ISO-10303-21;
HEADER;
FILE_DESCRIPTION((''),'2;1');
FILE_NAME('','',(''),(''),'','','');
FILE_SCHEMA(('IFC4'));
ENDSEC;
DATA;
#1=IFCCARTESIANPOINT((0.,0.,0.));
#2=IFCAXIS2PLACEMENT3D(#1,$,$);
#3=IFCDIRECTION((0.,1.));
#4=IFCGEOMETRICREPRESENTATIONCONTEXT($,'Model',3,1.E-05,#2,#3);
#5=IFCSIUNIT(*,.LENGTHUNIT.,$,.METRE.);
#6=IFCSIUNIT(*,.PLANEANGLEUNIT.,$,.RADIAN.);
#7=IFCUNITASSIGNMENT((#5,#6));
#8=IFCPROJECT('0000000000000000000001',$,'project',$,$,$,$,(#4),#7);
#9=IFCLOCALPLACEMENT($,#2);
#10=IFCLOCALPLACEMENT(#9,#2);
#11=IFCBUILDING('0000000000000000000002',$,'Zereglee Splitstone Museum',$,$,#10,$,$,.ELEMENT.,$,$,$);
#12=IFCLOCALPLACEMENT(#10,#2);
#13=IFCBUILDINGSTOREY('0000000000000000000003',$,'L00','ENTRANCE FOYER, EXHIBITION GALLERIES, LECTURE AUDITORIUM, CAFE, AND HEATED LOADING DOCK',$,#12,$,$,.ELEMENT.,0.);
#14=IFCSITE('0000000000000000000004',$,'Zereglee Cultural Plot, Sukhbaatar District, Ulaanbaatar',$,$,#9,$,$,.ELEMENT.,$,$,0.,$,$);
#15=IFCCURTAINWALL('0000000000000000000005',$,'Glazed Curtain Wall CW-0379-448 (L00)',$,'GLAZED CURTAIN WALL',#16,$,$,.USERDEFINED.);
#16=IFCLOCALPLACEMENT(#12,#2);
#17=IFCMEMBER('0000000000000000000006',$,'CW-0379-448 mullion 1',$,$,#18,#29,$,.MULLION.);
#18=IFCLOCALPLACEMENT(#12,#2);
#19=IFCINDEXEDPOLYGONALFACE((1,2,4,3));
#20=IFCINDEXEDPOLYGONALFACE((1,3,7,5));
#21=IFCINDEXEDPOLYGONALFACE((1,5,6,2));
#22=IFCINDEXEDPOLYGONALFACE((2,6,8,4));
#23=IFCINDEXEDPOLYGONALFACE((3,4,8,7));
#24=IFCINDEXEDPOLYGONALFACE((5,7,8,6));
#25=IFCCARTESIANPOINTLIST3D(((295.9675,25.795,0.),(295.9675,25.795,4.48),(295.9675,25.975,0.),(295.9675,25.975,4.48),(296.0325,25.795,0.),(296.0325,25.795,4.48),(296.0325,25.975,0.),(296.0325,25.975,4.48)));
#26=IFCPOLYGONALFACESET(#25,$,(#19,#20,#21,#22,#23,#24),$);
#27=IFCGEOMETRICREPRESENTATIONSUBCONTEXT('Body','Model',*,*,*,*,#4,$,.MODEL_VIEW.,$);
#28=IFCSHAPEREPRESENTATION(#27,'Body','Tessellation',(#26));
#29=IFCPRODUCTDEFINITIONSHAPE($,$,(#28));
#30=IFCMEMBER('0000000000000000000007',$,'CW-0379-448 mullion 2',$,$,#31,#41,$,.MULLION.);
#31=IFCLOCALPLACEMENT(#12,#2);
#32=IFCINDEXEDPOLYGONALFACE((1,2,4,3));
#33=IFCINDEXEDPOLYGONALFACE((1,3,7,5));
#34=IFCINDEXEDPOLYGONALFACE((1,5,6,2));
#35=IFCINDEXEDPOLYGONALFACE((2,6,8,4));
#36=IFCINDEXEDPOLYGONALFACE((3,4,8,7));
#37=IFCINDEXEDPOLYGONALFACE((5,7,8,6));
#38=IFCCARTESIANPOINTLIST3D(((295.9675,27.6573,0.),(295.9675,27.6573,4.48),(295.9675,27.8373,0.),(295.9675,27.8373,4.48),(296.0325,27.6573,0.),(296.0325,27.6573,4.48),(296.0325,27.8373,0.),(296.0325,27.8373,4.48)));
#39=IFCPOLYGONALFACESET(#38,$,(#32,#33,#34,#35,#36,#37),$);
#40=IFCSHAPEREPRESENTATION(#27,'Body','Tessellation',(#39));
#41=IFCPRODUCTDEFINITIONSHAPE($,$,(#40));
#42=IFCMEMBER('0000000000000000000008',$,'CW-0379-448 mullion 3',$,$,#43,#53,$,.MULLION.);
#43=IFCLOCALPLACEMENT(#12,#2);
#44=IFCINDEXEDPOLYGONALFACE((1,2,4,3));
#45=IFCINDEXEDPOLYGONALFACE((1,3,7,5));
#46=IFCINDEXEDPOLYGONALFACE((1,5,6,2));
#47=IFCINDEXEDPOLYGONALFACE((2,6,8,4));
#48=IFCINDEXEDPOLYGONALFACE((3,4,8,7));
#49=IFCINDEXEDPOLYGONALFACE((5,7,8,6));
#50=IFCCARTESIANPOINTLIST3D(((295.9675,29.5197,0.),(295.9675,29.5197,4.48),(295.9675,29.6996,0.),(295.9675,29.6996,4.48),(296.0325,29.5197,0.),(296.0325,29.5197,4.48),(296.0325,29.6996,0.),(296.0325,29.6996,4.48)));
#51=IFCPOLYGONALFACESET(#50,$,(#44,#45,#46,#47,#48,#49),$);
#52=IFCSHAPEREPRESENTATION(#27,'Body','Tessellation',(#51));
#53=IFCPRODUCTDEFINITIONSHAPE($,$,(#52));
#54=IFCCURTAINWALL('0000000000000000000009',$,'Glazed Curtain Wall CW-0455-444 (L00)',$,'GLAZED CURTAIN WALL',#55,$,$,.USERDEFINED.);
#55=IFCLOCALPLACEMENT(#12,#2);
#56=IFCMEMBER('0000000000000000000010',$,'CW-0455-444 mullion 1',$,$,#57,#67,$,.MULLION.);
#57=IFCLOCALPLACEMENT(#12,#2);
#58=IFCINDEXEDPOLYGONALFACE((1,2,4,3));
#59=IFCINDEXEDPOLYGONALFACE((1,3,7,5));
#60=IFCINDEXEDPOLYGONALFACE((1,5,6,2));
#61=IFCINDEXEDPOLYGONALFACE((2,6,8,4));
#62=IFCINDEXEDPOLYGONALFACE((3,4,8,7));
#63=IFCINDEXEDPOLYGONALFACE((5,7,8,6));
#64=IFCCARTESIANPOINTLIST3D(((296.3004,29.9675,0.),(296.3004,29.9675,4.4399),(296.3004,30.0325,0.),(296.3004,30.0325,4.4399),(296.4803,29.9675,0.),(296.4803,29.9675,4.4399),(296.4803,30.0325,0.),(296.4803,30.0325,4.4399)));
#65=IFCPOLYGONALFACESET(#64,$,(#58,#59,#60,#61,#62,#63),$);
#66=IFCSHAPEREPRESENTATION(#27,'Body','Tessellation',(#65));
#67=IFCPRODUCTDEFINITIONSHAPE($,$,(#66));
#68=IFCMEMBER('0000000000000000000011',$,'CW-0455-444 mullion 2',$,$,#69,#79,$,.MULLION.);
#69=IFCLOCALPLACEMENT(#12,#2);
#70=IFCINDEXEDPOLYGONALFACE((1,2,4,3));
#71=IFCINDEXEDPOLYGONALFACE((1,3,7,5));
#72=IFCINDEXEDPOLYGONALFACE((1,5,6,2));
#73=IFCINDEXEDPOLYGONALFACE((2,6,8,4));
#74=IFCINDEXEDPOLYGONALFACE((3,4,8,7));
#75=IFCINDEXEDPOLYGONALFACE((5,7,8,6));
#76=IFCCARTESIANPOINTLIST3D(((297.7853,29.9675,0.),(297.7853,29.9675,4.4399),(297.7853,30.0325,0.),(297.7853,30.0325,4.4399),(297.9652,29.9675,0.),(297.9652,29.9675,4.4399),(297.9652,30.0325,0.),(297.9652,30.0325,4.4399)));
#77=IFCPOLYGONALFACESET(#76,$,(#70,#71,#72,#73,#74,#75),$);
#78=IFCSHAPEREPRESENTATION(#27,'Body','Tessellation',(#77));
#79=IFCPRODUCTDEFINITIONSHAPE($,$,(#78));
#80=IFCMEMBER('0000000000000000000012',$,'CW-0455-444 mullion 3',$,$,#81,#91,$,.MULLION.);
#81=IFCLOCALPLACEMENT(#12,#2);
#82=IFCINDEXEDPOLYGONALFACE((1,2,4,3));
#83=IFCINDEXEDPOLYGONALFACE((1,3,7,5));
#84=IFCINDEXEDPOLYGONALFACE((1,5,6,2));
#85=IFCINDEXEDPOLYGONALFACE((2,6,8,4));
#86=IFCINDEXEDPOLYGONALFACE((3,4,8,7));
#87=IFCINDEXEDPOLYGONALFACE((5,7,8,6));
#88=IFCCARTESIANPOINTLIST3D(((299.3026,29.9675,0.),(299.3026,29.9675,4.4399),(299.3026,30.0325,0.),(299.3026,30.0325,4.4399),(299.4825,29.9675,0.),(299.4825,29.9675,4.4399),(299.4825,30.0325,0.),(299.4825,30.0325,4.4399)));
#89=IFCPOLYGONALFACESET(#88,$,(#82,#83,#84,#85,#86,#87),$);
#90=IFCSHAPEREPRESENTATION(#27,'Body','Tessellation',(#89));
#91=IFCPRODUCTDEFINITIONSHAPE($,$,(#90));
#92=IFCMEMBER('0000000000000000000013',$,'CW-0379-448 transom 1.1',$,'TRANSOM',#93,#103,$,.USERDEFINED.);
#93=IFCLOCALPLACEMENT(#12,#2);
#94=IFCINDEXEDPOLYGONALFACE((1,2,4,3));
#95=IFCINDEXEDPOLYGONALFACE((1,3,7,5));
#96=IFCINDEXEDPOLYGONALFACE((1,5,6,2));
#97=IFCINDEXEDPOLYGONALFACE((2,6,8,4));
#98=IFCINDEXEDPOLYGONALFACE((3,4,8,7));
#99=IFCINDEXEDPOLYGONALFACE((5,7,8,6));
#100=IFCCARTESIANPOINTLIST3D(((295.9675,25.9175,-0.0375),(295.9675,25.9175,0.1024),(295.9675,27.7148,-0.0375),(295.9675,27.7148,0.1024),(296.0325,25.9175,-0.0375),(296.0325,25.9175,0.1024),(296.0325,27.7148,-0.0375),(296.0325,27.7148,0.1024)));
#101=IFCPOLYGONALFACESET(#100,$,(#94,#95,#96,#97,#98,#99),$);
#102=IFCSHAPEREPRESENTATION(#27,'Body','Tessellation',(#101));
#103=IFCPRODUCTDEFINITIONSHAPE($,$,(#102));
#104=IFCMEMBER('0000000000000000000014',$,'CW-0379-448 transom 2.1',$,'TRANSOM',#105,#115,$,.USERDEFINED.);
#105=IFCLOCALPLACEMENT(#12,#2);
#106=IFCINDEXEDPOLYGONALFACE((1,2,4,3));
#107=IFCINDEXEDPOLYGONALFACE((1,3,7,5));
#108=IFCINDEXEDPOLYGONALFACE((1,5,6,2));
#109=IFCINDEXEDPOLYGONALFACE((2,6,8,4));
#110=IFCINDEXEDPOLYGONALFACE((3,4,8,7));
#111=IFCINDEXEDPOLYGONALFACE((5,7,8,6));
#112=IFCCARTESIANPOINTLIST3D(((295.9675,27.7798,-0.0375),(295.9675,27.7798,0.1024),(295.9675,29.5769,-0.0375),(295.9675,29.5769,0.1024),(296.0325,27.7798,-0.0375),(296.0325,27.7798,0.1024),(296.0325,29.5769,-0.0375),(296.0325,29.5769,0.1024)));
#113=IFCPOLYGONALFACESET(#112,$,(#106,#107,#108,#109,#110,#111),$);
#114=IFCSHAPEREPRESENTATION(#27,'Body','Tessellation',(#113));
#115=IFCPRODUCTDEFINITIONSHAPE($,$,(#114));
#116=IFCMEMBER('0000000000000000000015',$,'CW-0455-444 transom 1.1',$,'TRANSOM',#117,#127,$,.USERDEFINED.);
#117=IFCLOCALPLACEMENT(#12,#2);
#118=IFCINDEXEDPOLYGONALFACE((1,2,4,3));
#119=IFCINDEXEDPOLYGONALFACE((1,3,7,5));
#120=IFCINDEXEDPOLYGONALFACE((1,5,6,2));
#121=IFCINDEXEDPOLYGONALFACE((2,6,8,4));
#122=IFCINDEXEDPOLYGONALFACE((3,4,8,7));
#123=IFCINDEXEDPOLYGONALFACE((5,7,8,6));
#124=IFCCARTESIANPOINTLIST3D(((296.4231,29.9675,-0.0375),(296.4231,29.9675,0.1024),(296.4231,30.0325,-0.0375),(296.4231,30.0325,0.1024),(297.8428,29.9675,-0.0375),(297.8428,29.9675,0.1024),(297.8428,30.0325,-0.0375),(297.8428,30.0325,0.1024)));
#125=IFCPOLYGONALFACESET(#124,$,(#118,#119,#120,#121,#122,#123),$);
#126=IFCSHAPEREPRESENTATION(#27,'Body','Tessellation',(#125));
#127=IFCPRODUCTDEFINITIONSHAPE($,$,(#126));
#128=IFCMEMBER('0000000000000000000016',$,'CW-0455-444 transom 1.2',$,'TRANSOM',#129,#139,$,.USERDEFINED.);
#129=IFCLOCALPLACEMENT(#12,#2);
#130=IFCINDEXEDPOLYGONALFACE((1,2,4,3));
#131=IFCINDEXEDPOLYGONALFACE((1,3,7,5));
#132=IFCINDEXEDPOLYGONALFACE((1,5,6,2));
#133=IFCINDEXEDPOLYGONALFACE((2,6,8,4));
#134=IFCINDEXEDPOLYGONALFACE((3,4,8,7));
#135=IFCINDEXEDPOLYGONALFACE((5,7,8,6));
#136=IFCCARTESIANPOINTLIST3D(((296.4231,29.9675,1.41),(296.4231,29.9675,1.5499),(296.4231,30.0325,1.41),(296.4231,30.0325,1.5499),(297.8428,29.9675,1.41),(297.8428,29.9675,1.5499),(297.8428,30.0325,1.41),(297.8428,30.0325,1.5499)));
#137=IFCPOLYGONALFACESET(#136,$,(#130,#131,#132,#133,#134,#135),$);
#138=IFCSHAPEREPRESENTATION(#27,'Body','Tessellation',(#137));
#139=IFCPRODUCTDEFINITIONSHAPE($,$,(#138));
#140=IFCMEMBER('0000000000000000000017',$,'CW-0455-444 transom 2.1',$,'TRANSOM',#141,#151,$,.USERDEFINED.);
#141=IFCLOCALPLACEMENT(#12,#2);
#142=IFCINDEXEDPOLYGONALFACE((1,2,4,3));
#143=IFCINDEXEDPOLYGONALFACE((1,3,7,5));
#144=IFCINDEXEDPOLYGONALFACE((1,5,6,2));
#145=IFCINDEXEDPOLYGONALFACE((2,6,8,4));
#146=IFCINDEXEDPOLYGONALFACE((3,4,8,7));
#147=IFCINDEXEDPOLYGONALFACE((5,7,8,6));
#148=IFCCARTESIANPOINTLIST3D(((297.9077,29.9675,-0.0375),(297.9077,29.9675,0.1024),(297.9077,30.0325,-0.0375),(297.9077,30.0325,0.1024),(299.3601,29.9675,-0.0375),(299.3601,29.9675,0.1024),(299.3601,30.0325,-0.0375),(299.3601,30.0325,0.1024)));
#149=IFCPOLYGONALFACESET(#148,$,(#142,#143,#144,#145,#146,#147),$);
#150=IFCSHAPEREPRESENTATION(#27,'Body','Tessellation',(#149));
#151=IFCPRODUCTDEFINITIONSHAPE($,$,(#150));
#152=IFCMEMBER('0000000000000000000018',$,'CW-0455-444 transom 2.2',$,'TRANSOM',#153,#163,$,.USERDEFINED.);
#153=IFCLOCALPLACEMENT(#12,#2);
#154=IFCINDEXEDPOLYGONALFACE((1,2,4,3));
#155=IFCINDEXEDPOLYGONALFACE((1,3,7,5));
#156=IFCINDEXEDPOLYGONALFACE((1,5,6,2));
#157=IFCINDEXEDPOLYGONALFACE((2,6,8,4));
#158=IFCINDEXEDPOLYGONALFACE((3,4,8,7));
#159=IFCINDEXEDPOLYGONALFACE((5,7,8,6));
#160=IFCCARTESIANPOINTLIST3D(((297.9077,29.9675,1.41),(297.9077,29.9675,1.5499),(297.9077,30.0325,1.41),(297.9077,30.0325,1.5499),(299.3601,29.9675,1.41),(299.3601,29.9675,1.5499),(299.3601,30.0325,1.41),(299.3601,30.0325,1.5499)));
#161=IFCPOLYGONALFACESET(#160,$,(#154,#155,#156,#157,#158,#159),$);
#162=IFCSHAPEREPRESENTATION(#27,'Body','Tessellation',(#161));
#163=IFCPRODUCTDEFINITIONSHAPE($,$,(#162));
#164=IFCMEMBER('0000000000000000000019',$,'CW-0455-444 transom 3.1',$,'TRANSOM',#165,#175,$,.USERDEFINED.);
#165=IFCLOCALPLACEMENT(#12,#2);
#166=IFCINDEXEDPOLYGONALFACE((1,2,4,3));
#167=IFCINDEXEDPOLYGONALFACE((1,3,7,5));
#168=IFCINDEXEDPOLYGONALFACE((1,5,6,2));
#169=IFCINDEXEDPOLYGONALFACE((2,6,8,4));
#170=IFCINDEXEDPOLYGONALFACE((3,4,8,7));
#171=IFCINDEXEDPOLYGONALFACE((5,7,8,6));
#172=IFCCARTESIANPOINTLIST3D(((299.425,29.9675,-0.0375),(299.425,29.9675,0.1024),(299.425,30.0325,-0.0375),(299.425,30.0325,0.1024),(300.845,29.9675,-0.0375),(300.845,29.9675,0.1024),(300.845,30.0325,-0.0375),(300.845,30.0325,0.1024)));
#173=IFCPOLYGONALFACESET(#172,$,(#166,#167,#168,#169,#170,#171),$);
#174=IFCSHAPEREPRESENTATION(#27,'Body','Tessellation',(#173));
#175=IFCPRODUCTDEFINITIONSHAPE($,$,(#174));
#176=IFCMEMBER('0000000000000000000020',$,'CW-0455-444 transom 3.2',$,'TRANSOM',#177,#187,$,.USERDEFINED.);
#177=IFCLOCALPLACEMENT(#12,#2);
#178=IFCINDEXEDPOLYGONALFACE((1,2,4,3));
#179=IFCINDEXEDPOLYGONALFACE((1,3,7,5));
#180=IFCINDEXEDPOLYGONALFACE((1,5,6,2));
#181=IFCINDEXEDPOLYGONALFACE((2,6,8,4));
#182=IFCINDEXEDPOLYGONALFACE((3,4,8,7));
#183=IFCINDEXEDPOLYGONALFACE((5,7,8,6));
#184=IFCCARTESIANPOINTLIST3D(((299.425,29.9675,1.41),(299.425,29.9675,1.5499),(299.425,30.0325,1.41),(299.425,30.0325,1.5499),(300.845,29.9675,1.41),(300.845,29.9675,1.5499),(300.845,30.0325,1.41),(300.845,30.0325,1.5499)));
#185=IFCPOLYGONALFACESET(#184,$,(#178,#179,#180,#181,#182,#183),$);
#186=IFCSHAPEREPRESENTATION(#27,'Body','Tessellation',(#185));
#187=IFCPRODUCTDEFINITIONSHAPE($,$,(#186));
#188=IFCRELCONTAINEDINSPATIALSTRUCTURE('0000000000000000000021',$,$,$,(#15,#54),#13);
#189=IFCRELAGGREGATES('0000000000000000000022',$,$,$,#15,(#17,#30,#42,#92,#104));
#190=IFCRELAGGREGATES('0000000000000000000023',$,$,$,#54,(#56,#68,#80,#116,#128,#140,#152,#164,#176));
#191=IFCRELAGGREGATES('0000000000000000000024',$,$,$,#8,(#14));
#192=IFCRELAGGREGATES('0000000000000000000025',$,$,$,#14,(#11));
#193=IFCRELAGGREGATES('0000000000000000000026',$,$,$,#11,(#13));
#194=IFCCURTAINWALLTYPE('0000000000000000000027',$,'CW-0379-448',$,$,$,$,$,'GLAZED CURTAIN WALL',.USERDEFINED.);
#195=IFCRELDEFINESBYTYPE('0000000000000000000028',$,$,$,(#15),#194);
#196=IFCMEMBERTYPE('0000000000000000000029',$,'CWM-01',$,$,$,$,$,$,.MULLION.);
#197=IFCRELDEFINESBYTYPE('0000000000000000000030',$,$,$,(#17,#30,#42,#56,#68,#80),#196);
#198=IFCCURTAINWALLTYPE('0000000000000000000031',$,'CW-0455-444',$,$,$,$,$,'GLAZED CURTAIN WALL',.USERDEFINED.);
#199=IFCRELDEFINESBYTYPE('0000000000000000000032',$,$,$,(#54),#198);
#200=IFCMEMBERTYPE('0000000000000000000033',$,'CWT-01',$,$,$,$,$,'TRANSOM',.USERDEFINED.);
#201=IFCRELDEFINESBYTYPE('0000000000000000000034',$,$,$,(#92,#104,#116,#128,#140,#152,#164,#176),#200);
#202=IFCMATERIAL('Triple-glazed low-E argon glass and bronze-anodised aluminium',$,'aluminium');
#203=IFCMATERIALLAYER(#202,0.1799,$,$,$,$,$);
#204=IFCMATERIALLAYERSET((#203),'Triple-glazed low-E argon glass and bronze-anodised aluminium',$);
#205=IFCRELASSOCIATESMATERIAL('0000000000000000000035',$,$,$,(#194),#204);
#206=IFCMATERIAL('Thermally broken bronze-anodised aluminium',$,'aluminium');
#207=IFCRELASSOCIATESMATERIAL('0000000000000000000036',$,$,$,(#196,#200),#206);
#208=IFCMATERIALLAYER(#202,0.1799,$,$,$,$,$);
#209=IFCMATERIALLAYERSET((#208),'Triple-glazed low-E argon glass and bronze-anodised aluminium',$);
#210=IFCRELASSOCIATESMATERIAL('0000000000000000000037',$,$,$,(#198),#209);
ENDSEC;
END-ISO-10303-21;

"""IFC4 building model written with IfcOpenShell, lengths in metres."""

from ifc_helpers import new_model, si_unit, direction, frame, origin, origin_2d, place, context, subcontext, project, spatial, rectangle, extrude, material, layer, layer_set, material_profile, profile_set, type_object, element, aggregate, save


model = new_model("IFC4")

# Units and contexts
model_context = context("Model", 3, precision=1e-05, world=origin(), true_north=direction((0.0, 1.0)))
body_context = subcontext(model_context, "Body", "Model", "MODEL_VIEW")
ifc_project = project(units=[si_unit("LENGTHUNIT", "METRE"), si_unit("PLANEANGLEUNIT", "RADIAN")], contexts=[model_context])

# Site, building, storey
site_placement = place(None, origin())
site = spatial("IfcSite", under=ifc_project, at=site_placement, Name="Zereglee Cultural Plot, Sukhbaatar District, Ulaanbaatar", CompositionType="ELEMENT", RefElevation=0.0)
building_placement = place(site_placement, origin())
building = spatial("IfcBuilding", under=site, at=building_placement, Name="Zereglee Splitstone Museum", CompositionType="ELEMENT")
storey_placement = place(building_placement, origin())
storey = spatial("IfcBuildingStorey", under=building, at=storey_placement, Name="L00", Description="ENTRANCE FOYER, EXHIBITION GALLERIES, LECTURE AUDITORIUM, CAFE, AND HEATED LOADING DOCK", CompositionType="ELEMENT", Elevation=0.0)

# Curtain walls, members
ifc_material_1 = material(Name="Triple-glazed low-E argon glass and bronze-anodised aluminium", Category="aluminium")
ifc_layer_1 = layer(ifc_material_1, 0.1799)
ifc_layer_set_1 = layer_set([ifc_layer_1], Name="Triple-glazed low-E argon glass and bronze-anodised aluminium")
curtain_wall_type_1 = type_object("IfcCurtainWallType", Name="CW-0379-448", ElementType="GLAZED CURTAIN WALL", PredefinedType="USERDEFINED", material=ifc_layer_set_1)
curtain_wall_1_placement = place(storey_placement, origin())
curtain_wall_1 = element("IfcCurtainWall", 1, at=curtain_wall_1_placement, inside=storey, type_object=curtain_wall_type_1, Name="Glazed Curtain Wall CW-0379-448 (L00)", ObjectType="GLAZED CURTAIN WALL", PredefinedType="USERDEFINED")
ifc_material_2 = material(Name="Thermally broken bronze-anodised aluminium", Category="aluminium")
ifc_material_profile_1 = material_profile(ifc_material_2, rectangle(XDim=0.0649, YDim=0.1799, at=origin_2d()), Name="CW MULL 65x180")
ifc_profile_set_1 = profile_set([ifc_material_profile_1], Name="Thermally broken bronze-anodised aluminium")
member_type_1 = type_object("IfcMemberType", Name="CWM-01", PredefinedType="MULLION", material=ifc_profile_set_1)
member_1_placement = place(storey_placement, frame((296.0, 25.885, 0.0), z_axis=(0.0, 0.0, 1.0), x_axis=(-1.0, 0.0, 0.0)))
member_1 = element("IfcMember", 2, at=member_1_placement, type_object=member_type_1, Name="CW-0379-448 mullion 1", PredefinedType="MULLION", context=body_context, shape_type="SweptSolid", body=[
    extrude(rectangle(XDim=0.0649, YDim=0.1799, at=origin_2d()), origin(), (0.0, 0.0, 1.0), 4.48),
])
member_2_placement = place(storey_placement, frame((296.0, 27.7473, 0.0), z_axis=(0.0, 0.0, 1.0), x_axis=(-1.0, 0.0, 0.0)))
member_2 = element("IfcMember", 3, at=member_2_placement, type_object=member_type_1, Name="CW-0379-448 mullion 2", PredefinedType="MULLION", context=body_context, shape_type="SweptSolid", body=[
    extrude(rectangle(XDim=0.0649, YDim=0.1799, at=origin_2d()), origin(), (0.0, 0.0, 1.0), 4.48),
])
member_3_placement = place(storey_placement, frame((296.0, 29.6096, 0.0), z_axis=(0.0, 0.0, 1.0), x_axis=(-1.0, 0.0, 0.0)))
member_3 = element("IfcMember", 4, at=member_3_placement, type_object=member_type_1, Name="CW-0379-448 mullion 3", PredefinedType="MULLION", context=body_context, shape_type="SweptSolid", body=[
    extrude(rectangle(XDim=0.0649, YDim=0.1799, at=origin_2d()), origin(), (0.0, 0.0, 1.0), 4.48),
])
ifc_layer_2 = layer(ifc_material_1, 0.1799)
ifc_layer_set_2 = layer_set([ifc_layer_2], Name="Triple-glazed low-E argon glass and bronze-anodised aluminium")
curtain_wall_type_2 = type_object("IfcCurtainWallType", Name="CW-0455-444", ElementType="GLAZED CURTAIN WALL", PredefinedType="USERDEFINED", material=ifc_layer_set_2)
curtain_wall_2_placement = place(storey_placement, origin())
curtain_wall_2 = element("IfcCurtainWall", 5, at=curtain_wall_2_placement, inside=storey, type_object=curtain_wall_type_2, Name="Glazed Curtain Wall CW-0455-444 (L00)", ObjectType="GLAZED CURTAIN WALL", PredefinedType="USERDEFINED")
member_4_placement = place(storey_placement, frame((296.3904, 30.0, 0.0), z_axis=(0.0, 0.0, 1.0), x_axis=(0.0, 1.0, 0.0)))
member_4 = element("IfcMember", 6, at=member_4_placement, type_object=member_type_1, Name="CW-0455-444 mullion 1", PredefinedType="MULLION", context=body_context, shape_type="SweptSolid", body=[
    extrude(rectangle(XDim=0.0649, YDim=0.1799, at=origin_2d()), origin(), (0.0, 0.0, 1.0), 4.4399),
])
member_5_placement = place(storey_placement, frame((297.8752, 30.0, 0.0), z_axis=(0.0, 0.0, 1.0), x_axis=(0.0, 1.0, 0.0)))
member_5 = element("IfcMember", 7, at=member_5_placement, type_object=member_type_1, Name="CW-0455-444 mullion 2", PredefinedType="MULLION", context=body_context, shape_type="SweptSolid", body=[
    extrude(rectangle(XDim=0.0649, YDim=0.1799, at=origin_2d()), origin(), (0.0, 0.0, 1.0), 4.4399),
])
member_6_placement = place(storey_placement, frame((299.3926, 30.0, 0.0), z_axis=(0.0, 0.0, 1.0), x_axis=(0.0, 1.0, 0.0)))
member_6 = element("IfcMember", 8, at=member_6_placement, type_object=member_type_1, Name="CW-0455-444 mullion 3", PredefinedType="MULLION", context=body_context, shape_type="SweptSolid", body=[
    extrude(rectangle(XDim=0.0649, YDim=0.1799, at=origin_2d()), origin(), (0.0, 0.0, 1.0), 4.4399),
])

# Members
ifc_material_profile_2 = material_profile(ifc_material_2, rectangle(XDim=0.0649, YDim=0.1399, at=origin_2d()), Name="CW TRAN 65x140")
ifc_profile_set_2 = profile_set([ifc_material_profile_2], Name="Thermally broken bronze-anodised aluminium")
member_type_2 = type_object("IfcMemberType", Name="CWT-01", ElementType="TRANSOM", PredefinedType="USERDEFINED", material=ifc_profile_set_2)
member_7_placement = place(storey_placement, frame((296.0, 25.9175, 0.0325), z_axis=(0.0, 1.0, 0.0), x_axis=(-1.0, 0.0, 0.0)))
member_7 = element("IfcMember", 9, at=member_7_placement, type_object=member_type_2, Name="CW-0379-448 transom 1.1", ObjectType="TRANSOM", PredefinedType="USERDEFINED", context=body_context, shape_type="SweptSolid", body=[
    extrude(rectangle(XDim=0.0649, YDim=0.1399, at=origin_2d()), origin(), (0.0, 0.0, 1.0), 1.7974),
])
member_8_placement = place(storey_placement, frame((296.0, 27.7798, 0.0325), z_axis=(0.0, 1.0, 0.0), x_axis=(-1.0, 0.0, 0.0)))
member_8 = element("IfcMember", 10, at=member_8_placement, type_object=member_type_2, Name="CW-0379-448 transom 2.1", ObjectType="TRANSOM", PredefinedType="USERDEFINED", context=body_context, shape_type="SweptSolid", body=[
    extrude(rectangle(XDim=0.0649, YDim=0.1399, at=origin_2d()), origin(), (0.0, 0.0, 1.0), 1.7971),
])
member_9_placement = place(storey_placement, frame((296.4231, 30.0, 0.0325), z_axis=(1.0, 0.0, 0.0), x_axis=(0.0, 1.0, 0.0)))
member_9 = element("IfcMember", 11, at=member_9_placement, type_object=member_type_2, Name="CW-0455-444 transom 1.1", ObjectType="TRANSOM", PredefinedType="USERDEFINED", context=body_context, shape_type="SweptSolid", body=[
    extrude(rectangle(XDim=0.0649, YDim=0.1399, at=origin_2d()), origin(), (0.0, 0.0, 1.0), 1.4197),
])
member_10_placement = place(storey_placement, frame((296.4231, 30.0, 1.48), z_axis=(1.0, 0.0, 0.0), x_axis=(0.0, 1.0, 0.0)))
member_10 = element("IfcMember", 12, at=member_10_placement, type_object=member_type_2, Name="CW-0455-444 transom 1.2", ObjectType="TRANSOM", PredefinedType="USERDEFINED", context=body_context, shape_type="SweptSolid", body=[
    extrude(rectangle(XDim=0.0649, YDim=0.1399, at=origin_2d()), origin(), (0.0, 0.0, 1.0), 1.4197),
])
member_11_placement = place(storey_placement, frame((297.9077, 30.0, 0.0325), z_axis=(1.0, 0.0, 0.0), x_axis=(0.0, 1.0, 0.0)))
member_11 = element("IfcMember", 13, at=member_11_placement, type_object=member_type_2, Name="CW-0455-444 transom 2.1", ObjectType="TRANSOM", PredefinedType="USERDEFINED", context=body_context, shape_type="SweptSolid", body=[
    extrude(rectangle(XDim=0.0649, YDim=0.1399, at=origin_2d()), origin(), (0.0, 0.0, 1.0), 1.4524),
])
member_12_placement = place(storey_placement, frame((297.9077, 30.0, 1.48), z_axis=(1.0, 0.0, 0.0), x_axis=(0.0, 1.0, 0.0)))
member_12 = element("IfcMember", 14, at=member_12_placement, type_object=member_type_2, Name="CW-0455-444 transom 2.2", ObjectType="TRANSOM", PredefinedType="USERDEFINED", context=body_context, shape_type="SweptSolid", body=[
    extrude(rectangle(XDim=0.0649, YDim=0.1399, at=origin_2d()), origin(), (0.0, 0.0, 1.0), 1.4524),
])
member_13_placement = place(storey_placement, frame((299.425, 30.0, 0.0325), z_axis=(1.0, 0.0, 0.0), x_axis=(0.0, 1.0, 0.0)))
member_13 = element("IfcMember", 15, at=member_13_placement, type_object=member_type_2, Name="CW-0455-444 transom 3.1", ObjectType="TRANSOM", PredefinedType="USERDEFINED", context=body_context, shape_type="SweptSolid", body=[
    extrude(rectangle(XDim=0.0649, YDim=0.1399, at=origin_2d()), origin(), (0.0, 0.0, 1.0), 1.4199),
])
member_14_placement = place(storey_placement, frame((299.425, 30.0, 1.48), z_axis=(1.0, 0.0, 0.0), x_axis=(0.0, 1.0, 0.0)))
member_14 = element("IfcMember", 16, at=member_14_placement, type_object=member_type_2, Name="CW-0455-444 transom 3.2", ObjectType="TRANSOM", PredefinedType="USERDEFINED", context=body_context, shape_type="SweptSolid", body=[
    extrude(rectangle(XDim=0.0649, YDim=0.1399, at=origin_2d()), origin(), (0.0, 0.0, 1.0), 1.4199),
])

aggregate(curtain_wall_1, [member_1, member_2, member_3, member_7, member_8])
aggregate(curtain_wall_2, [member_4, member_5, member_6, member_9, member_10, member_11, member_12, member_13, member_14])

save(model, "model.ifc")
